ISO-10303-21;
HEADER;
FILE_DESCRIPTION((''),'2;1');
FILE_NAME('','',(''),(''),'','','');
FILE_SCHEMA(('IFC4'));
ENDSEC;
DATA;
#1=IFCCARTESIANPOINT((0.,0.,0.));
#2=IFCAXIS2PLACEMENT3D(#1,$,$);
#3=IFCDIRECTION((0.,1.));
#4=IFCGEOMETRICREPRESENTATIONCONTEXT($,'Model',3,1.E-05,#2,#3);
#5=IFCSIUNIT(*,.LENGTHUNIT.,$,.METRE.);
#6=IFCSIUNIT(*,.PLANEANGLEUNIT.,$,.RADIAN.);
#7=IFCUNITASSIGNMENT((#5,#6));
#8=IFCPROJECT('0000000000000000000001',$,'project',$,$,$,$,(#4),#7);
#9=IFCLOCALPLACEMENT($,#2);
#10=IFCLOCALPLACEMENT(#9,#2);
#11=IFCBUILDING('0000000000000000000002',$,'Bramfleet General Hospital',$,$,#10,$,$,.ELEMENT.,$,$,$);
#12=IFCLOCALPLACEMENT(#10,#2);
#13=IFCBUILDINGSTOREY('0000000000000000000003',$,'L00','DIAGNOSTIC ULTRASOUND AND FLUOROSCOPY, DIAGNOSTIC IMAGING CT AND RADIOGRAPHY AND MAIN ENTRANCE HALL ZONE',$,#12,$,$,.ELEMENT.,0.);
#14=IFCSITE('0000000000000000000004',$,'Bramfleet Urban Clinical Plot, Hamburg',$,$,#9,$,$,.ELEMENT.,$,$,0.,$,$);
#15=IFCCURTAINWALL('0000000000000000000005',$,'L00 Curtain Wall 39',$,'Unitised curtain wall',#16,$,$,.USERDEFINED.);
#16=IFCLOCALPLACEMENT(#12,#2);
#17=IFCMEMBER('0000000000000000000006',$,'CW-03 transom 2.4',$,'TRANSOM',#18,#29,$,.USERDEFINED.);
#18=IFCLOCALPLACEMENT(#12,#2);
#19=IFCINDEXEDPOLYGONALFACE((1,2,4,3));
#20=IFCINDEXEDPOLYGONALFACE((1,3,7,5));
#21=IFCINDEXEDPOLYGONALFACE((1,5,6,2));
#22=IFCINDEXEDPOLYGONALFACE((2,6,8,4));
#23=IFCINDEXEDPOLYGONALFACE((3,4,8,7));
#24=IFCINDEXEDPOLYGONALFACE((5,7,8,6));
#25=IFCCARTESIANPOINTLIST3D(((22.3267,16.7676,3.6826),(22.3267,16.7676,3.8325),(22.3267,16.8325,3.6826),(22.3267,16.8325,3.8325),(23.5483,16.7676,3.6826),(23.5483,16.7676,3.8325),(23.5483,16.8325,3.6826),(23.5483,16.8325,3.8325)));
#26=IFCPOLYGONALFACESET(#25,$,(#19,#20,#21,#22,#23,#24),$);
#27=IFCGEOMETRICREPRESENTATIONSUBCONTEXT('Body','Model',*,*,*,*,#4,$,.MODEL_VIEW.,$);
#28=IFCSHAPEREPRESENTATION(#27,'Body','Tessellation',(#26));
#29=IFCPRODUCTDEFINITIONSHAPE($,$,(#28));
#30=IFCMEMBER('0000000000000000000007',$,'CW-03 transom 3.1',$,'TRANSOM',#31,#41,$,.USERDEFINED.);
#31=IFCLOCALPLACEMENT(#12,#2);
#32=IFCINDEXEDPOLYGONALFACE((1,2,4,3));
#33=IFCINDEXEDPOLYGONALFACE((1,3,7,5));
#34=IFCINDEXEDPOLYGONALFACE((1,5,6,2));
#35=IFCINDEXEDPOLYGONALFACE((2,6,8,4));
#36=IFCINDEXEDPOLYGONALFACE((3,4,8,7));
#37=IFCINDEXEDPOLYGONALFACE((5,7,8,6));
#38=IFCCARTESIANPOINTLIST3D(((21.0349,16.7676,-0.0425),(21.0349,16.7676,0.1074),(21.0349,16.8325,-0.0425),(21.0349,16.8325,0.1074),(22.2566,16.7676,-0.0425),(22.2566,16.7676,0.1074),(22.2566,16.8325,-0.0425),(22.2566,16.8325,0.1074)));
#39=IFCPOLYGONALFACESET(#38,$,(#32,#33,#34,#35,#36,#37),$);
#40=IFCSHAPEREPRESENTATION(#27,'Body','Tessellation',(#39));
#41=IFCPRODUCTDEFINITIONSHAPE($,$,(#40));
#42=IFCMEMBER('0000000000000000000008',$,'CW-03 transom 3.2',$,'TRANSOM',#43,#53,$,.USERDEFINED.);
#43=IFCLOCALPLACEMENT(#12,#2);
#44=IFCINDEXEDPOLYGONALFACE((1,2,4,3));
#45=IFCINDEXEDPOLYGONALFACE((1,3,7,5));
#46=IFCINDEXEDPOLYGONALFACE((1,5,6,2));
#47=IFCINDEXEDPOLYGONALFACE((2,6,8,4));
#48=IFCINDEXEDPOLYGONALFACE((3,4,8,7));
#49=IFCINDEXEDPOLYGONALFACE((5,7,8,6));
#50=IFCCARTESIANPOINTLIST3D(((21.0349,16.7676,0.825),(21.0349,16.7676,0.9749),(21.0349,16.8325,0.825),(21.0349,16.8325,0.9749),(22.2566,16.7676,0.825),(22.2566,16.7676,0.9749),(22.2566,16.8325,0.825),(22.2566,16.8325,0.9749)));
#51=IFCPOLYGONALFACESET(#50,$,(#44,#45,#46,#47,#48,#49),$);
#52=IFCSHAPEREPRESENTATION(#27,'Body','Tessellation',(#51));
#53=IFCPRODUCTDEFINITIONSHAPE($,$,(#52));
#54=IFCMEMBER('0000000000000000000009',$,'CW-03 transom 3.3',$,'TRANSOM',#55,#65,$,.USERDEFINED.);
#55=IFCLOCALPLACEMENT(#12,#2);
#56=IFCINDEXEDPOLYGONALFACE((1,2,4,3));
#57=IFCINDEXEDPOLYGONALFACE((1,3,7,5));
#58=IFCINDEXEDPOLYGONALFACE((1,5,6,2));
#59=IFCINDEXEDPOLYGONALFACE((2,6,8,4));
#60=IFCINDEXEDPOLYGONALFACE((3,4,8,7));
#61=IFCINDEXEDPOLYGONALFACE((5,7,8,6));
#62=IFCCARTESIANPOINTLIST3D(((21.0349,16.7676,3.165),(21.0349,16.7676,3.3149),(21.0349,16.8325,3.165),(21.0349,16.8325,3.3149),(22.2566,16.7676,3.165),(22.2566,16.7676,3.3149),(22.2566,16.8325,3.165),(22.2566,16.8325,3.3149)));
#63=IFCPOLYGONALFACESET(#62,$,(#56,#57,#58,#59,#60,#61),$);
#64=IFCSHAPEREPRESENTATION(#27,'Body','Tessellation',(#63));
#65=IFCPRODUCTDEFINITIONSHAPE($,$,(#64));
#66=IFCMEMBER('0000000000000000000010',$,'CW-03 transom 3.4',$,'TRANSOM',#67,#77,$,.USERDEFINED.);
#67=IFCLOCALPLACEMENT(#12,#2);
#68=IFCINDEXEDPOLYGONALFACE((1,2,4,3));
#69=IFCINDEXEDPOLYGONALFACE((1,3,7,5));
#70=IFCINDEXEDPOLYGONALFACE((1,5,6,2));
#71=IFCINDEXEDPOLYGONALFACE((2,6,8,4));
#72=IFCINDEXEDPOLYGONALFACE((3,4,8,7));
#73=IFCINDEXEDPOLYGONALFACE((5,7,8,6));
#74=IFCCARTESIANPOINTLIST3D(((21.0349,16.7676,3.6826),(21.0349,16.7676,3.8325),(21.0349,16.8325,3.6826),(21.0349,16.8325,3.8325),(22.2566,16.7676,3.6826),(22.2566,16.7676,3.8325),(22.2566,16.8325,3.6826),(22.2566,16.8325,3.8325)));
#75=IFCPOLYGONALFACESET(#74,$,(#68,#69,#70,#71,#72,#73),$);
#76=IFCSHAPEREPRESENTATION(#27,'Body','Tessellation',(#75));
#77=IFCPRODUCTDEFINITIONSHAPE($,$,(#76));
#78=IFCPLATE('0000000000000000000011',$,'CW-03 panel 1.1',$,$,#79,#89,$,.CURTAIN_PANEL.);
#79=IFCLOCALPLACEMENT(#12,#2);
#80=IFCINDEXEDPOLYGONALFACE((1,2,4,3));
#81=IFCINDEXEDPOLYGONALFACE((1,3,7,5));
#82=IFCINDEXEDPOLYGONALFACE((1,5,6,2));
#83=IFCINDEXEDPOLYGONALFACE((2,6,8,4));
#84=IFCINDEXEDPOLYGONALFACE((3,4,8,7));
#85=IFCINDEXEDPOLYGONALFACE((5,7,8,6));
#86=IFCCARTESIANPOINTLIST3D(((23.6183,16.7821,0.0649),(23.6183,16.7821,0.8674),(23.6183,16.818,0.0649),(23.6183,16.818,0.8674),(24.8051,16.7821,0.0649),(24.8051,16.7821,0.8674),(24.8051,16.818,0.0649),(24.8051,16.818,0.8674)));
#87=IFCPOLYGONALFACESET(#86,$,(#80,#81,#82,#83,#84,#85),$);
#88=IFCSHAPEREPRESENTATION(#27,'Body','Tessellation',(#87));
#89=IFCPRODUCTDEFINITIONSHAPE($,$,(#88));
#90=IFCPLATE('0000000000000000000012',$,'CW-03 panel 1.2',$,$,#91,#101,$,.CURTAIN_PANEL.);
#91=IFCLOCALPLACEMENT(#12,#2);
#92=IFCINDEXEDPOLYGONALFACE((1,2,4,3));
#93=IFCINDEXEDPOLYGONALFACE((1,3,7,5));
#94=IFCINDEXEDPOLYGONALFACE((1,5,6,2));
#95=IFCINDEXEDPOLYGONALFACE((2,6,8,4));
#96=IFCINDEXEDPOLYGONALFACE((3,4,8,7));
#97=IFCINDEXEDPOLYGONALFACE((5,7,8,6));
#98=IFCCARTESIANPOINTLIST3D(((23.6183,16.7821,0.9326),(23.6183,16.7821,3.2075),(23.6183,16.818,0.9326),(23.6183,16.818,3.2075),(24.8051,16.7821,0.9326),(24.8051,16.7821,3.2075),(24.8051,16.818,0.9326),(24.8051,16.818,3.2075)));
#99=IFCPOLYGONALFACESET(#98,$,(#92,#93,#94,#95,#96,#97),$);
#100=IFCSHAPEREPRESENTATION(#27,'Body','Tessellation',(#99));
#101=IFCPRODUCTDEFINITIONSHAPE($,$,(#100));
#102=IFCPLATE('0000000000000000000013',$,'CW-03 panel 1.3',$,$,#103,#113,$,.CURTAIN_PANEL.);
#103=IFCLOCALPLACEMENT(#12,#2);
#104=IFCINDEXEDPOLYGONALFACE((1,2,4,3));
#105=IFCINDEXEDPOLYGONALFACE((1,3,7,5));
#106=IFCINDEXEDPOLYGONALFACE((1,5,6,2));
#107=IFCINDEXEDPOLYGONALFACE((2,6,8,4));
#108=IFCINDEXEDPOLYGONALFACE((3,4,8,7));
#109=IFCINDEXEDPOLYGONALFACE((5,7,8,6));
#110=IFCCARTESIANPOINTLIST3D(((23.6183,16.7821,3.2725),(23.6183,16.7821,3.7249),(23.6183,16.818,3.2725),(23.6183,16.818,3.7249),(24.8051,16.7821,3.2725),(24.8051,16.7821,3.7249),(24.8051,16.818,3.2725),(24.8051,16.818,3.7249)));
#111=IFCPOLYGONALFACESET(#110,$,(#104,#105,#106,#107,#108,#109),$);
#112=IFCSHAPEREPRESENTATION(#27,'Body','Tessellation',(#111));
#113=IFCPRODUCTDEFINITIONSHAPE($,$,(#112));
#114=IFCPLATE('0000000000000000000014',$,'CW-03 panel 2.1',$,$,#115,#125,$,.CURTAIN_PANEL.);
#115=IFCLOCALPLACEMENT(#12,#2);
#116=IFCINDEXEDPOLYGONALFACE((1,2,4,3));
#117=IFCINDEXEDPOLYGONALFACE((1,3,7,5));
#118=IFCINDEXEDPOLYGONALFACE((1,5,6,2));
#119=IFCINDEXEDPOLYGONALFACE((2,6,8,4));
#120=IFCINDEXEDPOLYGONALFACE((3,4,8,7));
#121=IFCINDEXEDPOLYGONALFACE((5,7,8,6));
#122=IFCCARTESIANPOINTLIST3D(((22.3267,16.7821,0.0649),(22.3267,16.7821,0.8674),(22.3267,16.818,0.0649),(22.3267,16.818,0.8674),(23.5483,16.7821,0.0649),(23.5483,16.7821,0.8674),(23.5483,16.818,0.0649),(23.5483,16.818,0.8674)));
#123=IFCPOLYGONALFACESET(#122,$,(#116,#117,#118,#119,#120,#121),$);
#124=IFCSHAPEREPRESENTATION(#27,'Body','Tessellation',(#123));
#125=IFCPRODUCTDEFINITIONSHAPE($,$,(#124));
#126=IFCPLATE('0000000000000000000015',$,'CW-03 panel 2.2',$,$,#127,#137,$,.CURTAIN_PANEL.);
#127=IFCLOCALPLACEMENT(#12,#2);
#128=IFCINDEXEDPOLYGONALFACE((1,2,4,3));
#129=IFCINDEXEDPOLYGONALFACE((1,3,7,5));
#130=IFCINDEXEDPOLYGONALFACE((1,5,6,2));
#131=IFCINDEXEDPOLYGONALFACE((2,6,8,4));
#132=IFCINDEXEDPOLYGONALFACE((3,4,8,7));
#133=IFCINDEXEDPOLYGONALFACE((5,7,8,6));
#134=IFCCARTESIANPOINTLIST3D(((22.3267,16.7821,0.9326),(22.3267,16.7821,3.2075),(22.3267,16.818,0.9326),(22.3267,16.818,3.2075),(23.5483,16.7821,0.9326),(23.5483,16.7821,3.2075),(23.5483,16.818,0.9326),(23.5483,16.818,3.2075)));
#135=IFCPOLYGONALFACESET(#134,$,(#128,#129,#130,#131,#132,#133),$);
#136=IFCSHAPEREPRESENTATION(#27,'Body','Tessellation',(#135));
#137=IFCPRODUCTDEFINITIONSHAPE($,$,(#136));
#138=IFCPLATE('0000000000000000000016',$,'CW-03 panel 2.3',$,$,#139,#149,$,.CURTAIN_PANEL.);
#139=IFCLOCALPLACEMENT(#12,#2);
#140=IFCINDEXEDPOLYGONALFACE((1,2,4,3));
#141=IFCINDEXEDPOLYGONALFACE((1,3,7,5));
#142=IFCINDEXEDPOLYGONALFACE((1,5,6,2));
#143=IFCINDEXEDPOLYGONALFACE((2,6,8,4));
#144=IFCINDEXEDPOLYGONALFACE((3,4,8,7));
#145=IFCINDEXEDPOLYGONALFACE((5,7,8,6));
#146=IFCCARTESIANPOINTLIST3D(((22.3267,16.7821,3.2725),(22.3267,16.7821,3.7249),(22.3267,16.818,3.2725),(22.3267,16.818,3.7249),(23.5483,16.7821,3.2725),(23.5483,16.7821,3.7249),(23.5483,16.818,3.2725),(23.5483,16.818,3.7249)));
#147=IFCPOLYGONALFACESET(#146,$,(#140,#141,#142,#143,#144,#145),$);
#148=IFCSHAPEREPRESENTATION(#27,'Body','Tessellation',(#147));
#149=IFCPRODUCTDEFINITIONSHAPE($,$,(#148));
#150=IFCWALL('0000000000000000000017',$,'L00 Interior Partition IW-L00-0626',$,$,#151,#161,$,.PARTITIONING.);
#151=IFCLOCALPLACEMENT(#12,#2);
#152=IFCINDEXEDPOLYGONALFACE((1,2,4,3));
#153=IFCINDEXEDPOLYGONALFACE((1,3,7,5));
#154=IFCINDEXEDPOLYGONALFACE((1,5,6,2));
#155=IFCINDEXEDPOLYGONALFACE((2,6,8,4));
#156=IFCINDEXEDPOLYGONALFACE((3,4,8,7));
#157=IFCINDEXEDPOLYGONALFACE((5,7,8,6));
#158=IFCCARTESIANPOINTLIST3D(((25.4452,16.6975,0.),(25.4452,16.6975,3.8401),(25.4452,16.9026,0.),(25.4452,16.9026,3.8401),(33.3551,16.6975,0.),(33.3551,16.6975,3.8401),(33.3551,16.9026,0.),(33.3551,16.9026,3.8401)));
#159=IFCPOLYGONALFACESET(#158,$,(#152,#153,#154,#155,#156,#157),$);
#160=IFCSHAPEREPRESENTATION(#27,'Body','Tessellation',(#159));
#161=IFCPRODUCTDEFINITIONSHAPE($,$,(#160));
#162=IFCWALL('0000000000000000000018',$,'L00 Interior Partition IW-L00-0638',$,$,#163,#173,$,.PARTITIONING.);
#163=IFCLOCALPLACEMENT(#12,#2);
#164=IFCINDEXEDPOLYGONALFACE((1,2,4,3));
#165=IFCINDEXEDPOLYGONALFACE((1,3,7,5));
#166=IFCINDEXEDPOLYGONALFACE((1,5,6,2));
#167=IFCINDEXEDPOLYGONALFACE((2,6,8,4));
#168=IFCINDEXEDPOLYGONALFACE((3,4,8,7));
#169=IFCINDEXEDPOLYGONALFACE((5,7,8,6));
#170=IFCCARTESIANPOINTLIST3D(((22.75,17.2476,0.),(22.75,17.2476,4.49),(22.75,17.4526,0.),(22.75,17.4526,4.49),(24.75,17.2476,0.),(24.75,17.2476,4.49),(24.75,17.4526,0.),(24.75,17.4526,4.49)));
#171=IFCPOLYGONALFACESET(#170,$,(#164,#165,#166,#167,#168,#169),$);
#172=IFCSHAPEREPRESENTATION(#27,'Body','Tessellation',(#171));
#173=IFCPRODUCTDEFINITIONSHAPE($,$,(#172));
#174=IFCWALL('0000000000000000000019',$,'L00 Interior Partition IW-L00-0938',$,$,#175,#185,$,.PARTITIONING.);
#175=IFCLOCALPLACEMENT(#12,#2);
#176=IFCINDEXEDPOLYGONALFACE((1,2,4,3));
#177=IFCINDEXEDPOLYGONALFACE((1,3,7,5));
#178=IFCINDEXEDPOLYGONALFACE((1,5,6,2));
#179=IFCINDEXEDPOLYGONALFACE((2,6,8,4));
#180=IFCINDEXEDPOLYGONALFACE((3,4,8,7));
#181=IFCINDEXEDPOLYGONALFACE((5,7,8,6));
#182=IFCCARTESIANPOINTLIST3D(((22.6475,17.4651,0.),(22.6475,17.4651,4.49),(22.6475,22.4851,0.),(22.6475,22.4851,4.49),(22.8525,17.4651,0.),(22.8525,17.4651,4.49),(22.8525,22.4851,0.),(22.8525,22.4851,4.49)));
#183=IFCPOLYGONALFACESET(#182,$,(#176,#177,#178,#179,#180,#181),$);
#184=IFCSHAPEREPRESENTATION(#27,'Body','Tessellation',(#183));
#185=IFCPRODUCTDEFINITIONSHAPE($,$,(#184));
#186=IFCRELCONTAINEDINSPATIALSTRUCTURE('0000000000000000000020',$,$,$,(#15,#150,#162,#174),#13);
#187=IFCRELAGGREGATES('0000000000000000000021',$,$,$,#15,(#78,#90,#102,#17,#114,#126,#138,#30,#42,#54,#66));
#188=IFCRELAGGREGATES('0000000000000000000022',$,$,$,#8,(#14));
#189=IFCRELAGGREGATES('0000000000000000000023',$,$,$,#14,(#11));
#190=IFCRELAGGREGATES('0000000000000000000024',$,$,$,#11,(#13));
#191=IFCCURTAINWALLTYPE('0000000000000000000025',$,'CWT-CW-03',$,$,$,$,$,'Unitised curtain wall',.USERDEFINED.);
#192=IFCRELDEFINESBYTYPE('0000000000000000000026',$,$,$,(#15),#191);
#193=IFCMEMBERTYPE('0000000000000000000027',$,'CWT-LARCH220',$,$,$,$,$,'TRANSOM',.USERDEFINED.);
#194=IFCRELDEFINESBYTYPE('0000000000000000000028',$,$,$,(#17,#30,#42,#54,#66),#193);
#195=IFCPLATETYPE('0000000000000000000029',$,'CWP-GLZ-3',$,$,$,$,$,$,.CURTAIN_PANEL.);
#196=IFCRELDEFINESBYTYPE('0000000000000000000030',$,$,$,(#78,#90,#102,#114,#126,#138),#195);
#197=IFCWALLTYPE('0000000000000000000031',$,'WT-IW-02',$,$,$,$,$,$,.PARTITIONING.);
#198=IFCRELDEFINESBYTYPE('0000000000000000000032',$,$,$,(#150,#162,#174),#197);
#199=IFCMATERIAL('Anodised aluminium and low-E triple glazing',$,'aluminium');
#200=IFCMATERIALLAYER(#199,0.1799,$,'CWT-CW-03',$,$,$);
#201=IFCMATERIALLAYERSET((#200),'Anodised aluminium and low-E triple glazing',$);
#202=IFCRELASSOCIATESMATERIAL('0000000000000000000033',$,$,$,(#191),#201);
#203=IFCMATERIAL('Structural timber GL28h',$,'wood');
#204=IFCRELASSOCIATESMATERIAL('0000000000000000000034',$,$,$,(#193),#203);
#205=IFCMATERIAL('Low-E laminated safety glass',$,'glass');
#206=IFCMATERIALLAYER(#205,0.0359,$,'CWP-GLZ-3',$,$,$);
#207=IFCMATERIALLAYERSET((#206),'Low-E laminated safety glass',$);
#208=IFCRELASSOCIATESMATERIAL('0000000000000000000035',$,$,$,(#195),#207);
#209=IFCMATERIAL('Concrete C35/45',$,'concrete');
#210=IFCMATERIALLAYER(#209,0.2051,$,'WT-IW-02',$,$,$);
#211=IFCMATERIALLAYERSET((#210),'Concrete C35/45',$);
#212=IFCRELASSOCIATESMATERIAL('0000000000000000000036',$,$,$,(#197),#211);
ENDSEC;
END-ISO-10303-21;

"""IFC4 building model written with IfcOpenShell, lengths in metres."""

from ifc_helpers import new_model, si_unit, direction, frame, frame_2d, origin, origin_2d, place, context, subcontext, project, spatial, rectangle, extrude, material, layer, layer_set, material_profile, profile_set, type_object, element, aggregate, save


model = new_model("IFC4")

# Units and contexts
model_context = context("Model", 3, precision=1e-05, world=origin(), true_north=direction((0.0, 1.0)))
body_context = subcontext(model_context, "Body", "Model", "MODEL_VIEW")
ifc_project = project(units=[si_unit("LENGTHUNIT", "METRE"), si_unit("PLANEANGLEUNIT", "RADIAN")], contexts=[model_context])

# Site, building, storey
site_placement = place(None, origin())
site = spatial("IfcSite", under=ifc_project, at=site_placement, Name="Bramfleet Urban Clinical Plot, Hamburg", CompositionType="ELEMENT", RefElevation=0.0)
building_placement = place(site_placement, origin())
building = spatial("IfcBuilding", under=site, at=building_placement, Name="Bramfleet General Hospital", CompositionType="ELEMENT")
storey_placement = place(building_placement, origin())
storey = spatial("IfcBuildingStorey", under=building, at=storey_placement, Name="L00", Description="DIAGNOSTIC ULTRASOUND AND FLUOROSCOPY, DIAGNOSTIC IMAGING CT AND RADIOGRAPHY AND MAIN ENTRANCE HALL ZONE", CompositionType="ELEMENT", Elevation=0.0)

# Shared definitions
ifc_material_1 = material(Name="Concrete C35/45", Category="concrete")

# Curtain wall, members, plates
ifc_material_2 = material(Name="Anodised aluminium and low-E triple glazing", Category="aluminium")
ifc_layer_1 = layer(ifc_material_2, 0.1799, Name="CWT-CW-03")
ifc_layer_set_1 = layer_set([ifc_layer_1], Name="Anodised aluminium and low-E triple glazing")
curtain_wall_type = type_object("IfcCurtainWallType", Name="CWT-CW-03", ElementType="Unitised curtain wall", PredefinedType="USERDEFINED", material=ifc_layer_set_1)
curtain_wall_placement = place(storey_placement, origin())
curtain_wall = element("IfcCurtainWall", 1, at=curtain_wall_placement, inside=storey, type_object=curtain_wall_type, Name="L00 Curtain Wall 39", ObjectType="Unitised curtain wall", PredefinedType="USERDEFINED")
ifc_material_3 = material(Name="Structural timber GL28h", Category="wood")
ifc_material_profile_1 = material_profile(ifc_material_3, rectangle(XDim=0.0649, YDim=0.1499, at=origin_2d()), Name="LARCH 150x65")
ifc_profile_set_1 = profile_set([ifc_material_profile_1], Name="Structural timber GL28h")
member_type_1 = type_object("IfcMemberType", Name="CWT-LARCH220", ElementType="TRANSOM", PredefinedType="USERDEFINED", material=ifc_profile_set_1)
member_1_placement = place(storey_placement, frame((23.5483, 16.8, 3.7576), z_axis=(-1.0, 0.0, 0.0), x_axis=(0.0, -1.0, 0.0)))
member_1 = element("IfcMember", 2, at=member_1_placement, type_object=member_type_1, Name="CW-03 transom 2.4", ObjectType="TRANSOM", PredefinedType="USERDEFINED", context=body_context, shape_type="SweptSolid", body=[
    extrude(rectangle(XDim=0.0649, YDim=0.1499, at=origin_2d()), origin(), (0.0, 0.0, 1.0), 1.2217),
])
member_2_placement = place(storey_placement, frame((22.2566, 16.8, 0.0325), z_axis=(-1.0, 0.0, 0.0), x_axis=(0.0, -1.0, 0.0)))
member_2 = element("IfcMember", 3, at=member_2_placement, type_object=member_type_1, Name="CW-03 transom 3.1", ObjectType="TRANSOM", PredefinedType="USERDEFINED", context=body_context, shape_type="SweptSolid", body=[
    extrude(rectangle(XDim=0.0649, YDim=0.1499, at=origin_2d()), origin(), (0.0, 0.0, 1.0), 1.2217),
])
member_3_placement = place(storey_placement, frame((22.2566, 16.8, 0.8999), z_axis=(-1.0, 0.0, 0.0), x_axis=(0.0, -1.0, 0.0)))
member_3 = element("IfcMember", 4, at=member_3_placement, type_object=member_type_1, Name="CW-03 transom 3.2", ObjectType="TRANSOM", PredefinedType="USERDEFINED", context=body_context, shape_type="SweptSolid", body=[
    extrude(rectangle(XDim=0.0649, YDim=0.1499, at=origin_2d()), origin(), (0.0, 0.0, 1.0), 1.2217),
])
member_4_placement = place(storey_placement, frame((22.2566, 16.8, 3.24), z_axis=(-1.0, 0.0, 0.0), x_axis=(0.0, -1.0, 0.0)))
member_4 = element("IfcMember", 5, at=member_4_placement, type_object=member_type_1, Name="CW-03 transom 3.3", ObjectType="TRANSOM", PredefinedType="USERDEFINED", context=body_context, shape_type="SweptSolid", body=[
    extrude(rectangle(XDim=0.0649, YDim=0.1499, at=origin_2d()), origin(), (0.0, 0.0, 1.0), 1.2217),
])
member_5_placement = place(storey_placement, frame((22.2566, 16.8, 3.7576), z_axis=(-1.0, 0.0, 0.0), x_axis=(0.0, -1.0, 0.0)))
member_5 = element("IfcMember", 6, at=member_5_placement, type_object=member_type_1, Name="CW-03 transom 3.4", ObjectType="TRANSOM", PredefinedType="USERDEFINED", context=body_context, shape_type="SweptSolid", body=[
    extrude(rectangle(XDim=0.0649, YDim=0.1499, at=origin_2d()), origin(), (0.0, 0.0, 1.0), 1.2217),
])
ifc_material_4 = material(Name="Low-E laminated safety glass", Category="glass")
ifc_layer_2 = layer(ifc_material_4, 0.0359, Name="CWP-GLZ-3")
ifc_layer_set_2 = layer_set([ifc_layer_2], Name="Low-E laminated safety glass")
plate_type = type_object("IfcPlateType", Name="CWP-GLZ-3", PredefinedType="CURTAIN_PANEL", material=ifc_layer_set_2)
plate_1_placement = place(storey_placement, frame((24.2117, 16.8, 0.0649), z_axis=(0.0, 0.0, 1.0), x_axis=(-1.0, 0.0, 0.0)))
plate_1 = element("IfcPlate", 7, at=plate_1_placement, type_object=plate_type, Name="CW-03 panel 1.1", PredefinedType="CURTAIN_PANEL", context=body_context, shape_type="SweptSolid", body=[
    extrude(rectangle(XDim=1.1868, YDim=0.0359, at=origin_2d()), origin(), (0.0, 0.0, 1.0), 0.8025),
])
plate_2_placement = place(storey_placement, frame((24.2117, 16.8, 0.9326), z_axis=(0.0, 0.0, 1.0), x_axis=(-1.0, 0.0, 0.0)))
plate_2 = element("IfcPlate", 8, at=plate_2_placement, type_object=plate_type, Name="CW-03 panel 1.2", PredefinedType="CURTAIN_PANEL", context=body_context, shape_type="SweptSolid", body=[
    extrude(rectangle(XDim=1.1868, YDim=0.0359, at=origin_2d()), origin(), (0.0, 0.0, 1.0), 2.2749),
])
plate_3_placement = place(storey_placement, frame((24.2117, 16.8, 3.2725), z_axis=(0.0, 0.0, 1.0), x_axis=(-1.0, 0.0, 0.0)))
plate_3 = element("IfcPlate", 9, at=plate_3_placement, type_object=plate_type, Name="CW-03 panel 1.3", PredefinedType="CURTAIN_PANEL", context=body_context, shape_type="SweptSolid", body=[
    extrude(rectangle(XDim=1.1868, YDim=0.0359, at=origin_2d()), origin(), (0.0, 0.0, 1.0), 0.4524),
])
plate_4_placement = place(storey_placement, frame((22.9375, 16.8, 0.0649), z_axis=(0.0, 0.0, 1.0), x_axis=(-1.0, 0.0, 0.0)))
plate_4 = element("IfcPlate", 10, at=plate_4_placement, type_object=plate_type, Name="CW-03 panel 2.1", PredefinedType="CURTAIN_PANEL", context=body_context, shape_type="SweptSolid", body=[
    extrude(rectangle(XDim=1.2217, YDim=0.0359, at=origin_2d()), origin(), (0.0, 0.0, 1.0), 0.8025),
])
plate_5_placement = place(storey_placement, frame((22.9375, 16.8, 0.9326), z_axis=(0.0, 0.0, 1.0), x_axis=(-1.0, 0.0, 0.0)))
plate_5 = element("IfcPlate", 11, at=plate_5_placement, type_object=plate_type, Name="CW-03 panel 2.2", PredefinedType="CURTAIN_PANEL", context=body_context, shape_type="SweptSolid", body=[
    extrude(rectangle(XDim=1.2217, YDim=0.0359, at=origin_2d()), origin(), (0.0, 0.0, 1.0), 2.2749),
])
plate_6_placement = place(storey_placement, frame((22.9375, 16.8, 3.2725), z_axis=(0.0, 0.0, 1.0), x_axis=(-1.0, 0.0, 0.0)))
plate_6 = element("IfcPlate", 12, at=plate_6_placement, type_object=plate_type, Name="CW-03 panel 2.3", PredefinedType="CURTAIN_PANEL", context=body_context, shape_type="SweptSolid", body=[
    extrude(rectangle(XDim=1.2217, YDim=0.0359, at=origin_2d()), origin(), (0.0, 0.0, 1.0), 0.4524),
])
aggregate(curtain_wall, [plate_1, plate_2, plate_3, member_1, plate_4, plate_5, plate_6, member_2, member_3, member_4, member_5])

# Walls
ifc_layer_3 = layer(ifc_material_1, 0.2051, Name="WT-IW-02")
ifc_layer_set_3 = layer_set([ifc_layer_3], Name="Concrete C35/45")
wall_type_1 = type_object("IfcWallType", Name="WT-IW-02", PredefinedType="PARTITIONING", material=ifc_layer_set_3)
wall_1_placement = place(storey_placement, frame((25.4451, 16.8, 0.0), z_axis=(0.0, 0.0, 1.0), x_axis=(1.0, 0.0, 0.0)))
element("IfcWall", 13, at=wall_1_placement, inside=storey, type_object=wall_type_1, Name="L00 Interior Partition IW-L00-0626", PredefinedType="PARTITIONING", context=body_context, shape_type="SweptSolid", body=[
    extrude(rectangle(XDim=7.9099, YDim=0.2051, at=frame_2d((3.9551, 0.0))), origin(), (0.0, 0.0, 1.0), 3.8401),
])
wall_2_placement = place(storey_placement, frame((22.75, 17.3501, 0.0), z_axis=(0.0, 0.0, 1.0), x_axis=(1.0, 0.0, 0.0)))
element("IfcWall", 14, at=wall_2_placement, inside=storey, type_object=wall_type_1, Name="L00 Interior Partition IW-L00-0638", PredefinedType="PARTITIONING", context=body_context, shape_type="SweptSolid", body=[
    extrude(rectangle(XDim=2.0, YDim=0.2051, at=frame_2d((1.0, 0.0))), origin(), (0.0, 0.0, 1.0), 4.49),
])
wall_3_placement = place(storey_placement, frame((22.75, 17.4651, 0.0), z_axis=(0.0, 0.0, 1.0), x_axis=(0.0, 1.0, 0.0)))
element("IfcWall", 15, at=wall_3_placement, inside=storey, type_object=wall_type_1, Name="L00 Interior Partition IW-L00-0938", PredefinedType="PARTITIONING", context=body_context, shape_type="SweptSolid", body=[
    extrude(rectangle(XDim=5.02, YDim=0.2051, at=frame_2d((2.51, 0.0))), origin(), (0.0, 0.0, 1.0), 4.49),
])

save(model, "model.ifc")
